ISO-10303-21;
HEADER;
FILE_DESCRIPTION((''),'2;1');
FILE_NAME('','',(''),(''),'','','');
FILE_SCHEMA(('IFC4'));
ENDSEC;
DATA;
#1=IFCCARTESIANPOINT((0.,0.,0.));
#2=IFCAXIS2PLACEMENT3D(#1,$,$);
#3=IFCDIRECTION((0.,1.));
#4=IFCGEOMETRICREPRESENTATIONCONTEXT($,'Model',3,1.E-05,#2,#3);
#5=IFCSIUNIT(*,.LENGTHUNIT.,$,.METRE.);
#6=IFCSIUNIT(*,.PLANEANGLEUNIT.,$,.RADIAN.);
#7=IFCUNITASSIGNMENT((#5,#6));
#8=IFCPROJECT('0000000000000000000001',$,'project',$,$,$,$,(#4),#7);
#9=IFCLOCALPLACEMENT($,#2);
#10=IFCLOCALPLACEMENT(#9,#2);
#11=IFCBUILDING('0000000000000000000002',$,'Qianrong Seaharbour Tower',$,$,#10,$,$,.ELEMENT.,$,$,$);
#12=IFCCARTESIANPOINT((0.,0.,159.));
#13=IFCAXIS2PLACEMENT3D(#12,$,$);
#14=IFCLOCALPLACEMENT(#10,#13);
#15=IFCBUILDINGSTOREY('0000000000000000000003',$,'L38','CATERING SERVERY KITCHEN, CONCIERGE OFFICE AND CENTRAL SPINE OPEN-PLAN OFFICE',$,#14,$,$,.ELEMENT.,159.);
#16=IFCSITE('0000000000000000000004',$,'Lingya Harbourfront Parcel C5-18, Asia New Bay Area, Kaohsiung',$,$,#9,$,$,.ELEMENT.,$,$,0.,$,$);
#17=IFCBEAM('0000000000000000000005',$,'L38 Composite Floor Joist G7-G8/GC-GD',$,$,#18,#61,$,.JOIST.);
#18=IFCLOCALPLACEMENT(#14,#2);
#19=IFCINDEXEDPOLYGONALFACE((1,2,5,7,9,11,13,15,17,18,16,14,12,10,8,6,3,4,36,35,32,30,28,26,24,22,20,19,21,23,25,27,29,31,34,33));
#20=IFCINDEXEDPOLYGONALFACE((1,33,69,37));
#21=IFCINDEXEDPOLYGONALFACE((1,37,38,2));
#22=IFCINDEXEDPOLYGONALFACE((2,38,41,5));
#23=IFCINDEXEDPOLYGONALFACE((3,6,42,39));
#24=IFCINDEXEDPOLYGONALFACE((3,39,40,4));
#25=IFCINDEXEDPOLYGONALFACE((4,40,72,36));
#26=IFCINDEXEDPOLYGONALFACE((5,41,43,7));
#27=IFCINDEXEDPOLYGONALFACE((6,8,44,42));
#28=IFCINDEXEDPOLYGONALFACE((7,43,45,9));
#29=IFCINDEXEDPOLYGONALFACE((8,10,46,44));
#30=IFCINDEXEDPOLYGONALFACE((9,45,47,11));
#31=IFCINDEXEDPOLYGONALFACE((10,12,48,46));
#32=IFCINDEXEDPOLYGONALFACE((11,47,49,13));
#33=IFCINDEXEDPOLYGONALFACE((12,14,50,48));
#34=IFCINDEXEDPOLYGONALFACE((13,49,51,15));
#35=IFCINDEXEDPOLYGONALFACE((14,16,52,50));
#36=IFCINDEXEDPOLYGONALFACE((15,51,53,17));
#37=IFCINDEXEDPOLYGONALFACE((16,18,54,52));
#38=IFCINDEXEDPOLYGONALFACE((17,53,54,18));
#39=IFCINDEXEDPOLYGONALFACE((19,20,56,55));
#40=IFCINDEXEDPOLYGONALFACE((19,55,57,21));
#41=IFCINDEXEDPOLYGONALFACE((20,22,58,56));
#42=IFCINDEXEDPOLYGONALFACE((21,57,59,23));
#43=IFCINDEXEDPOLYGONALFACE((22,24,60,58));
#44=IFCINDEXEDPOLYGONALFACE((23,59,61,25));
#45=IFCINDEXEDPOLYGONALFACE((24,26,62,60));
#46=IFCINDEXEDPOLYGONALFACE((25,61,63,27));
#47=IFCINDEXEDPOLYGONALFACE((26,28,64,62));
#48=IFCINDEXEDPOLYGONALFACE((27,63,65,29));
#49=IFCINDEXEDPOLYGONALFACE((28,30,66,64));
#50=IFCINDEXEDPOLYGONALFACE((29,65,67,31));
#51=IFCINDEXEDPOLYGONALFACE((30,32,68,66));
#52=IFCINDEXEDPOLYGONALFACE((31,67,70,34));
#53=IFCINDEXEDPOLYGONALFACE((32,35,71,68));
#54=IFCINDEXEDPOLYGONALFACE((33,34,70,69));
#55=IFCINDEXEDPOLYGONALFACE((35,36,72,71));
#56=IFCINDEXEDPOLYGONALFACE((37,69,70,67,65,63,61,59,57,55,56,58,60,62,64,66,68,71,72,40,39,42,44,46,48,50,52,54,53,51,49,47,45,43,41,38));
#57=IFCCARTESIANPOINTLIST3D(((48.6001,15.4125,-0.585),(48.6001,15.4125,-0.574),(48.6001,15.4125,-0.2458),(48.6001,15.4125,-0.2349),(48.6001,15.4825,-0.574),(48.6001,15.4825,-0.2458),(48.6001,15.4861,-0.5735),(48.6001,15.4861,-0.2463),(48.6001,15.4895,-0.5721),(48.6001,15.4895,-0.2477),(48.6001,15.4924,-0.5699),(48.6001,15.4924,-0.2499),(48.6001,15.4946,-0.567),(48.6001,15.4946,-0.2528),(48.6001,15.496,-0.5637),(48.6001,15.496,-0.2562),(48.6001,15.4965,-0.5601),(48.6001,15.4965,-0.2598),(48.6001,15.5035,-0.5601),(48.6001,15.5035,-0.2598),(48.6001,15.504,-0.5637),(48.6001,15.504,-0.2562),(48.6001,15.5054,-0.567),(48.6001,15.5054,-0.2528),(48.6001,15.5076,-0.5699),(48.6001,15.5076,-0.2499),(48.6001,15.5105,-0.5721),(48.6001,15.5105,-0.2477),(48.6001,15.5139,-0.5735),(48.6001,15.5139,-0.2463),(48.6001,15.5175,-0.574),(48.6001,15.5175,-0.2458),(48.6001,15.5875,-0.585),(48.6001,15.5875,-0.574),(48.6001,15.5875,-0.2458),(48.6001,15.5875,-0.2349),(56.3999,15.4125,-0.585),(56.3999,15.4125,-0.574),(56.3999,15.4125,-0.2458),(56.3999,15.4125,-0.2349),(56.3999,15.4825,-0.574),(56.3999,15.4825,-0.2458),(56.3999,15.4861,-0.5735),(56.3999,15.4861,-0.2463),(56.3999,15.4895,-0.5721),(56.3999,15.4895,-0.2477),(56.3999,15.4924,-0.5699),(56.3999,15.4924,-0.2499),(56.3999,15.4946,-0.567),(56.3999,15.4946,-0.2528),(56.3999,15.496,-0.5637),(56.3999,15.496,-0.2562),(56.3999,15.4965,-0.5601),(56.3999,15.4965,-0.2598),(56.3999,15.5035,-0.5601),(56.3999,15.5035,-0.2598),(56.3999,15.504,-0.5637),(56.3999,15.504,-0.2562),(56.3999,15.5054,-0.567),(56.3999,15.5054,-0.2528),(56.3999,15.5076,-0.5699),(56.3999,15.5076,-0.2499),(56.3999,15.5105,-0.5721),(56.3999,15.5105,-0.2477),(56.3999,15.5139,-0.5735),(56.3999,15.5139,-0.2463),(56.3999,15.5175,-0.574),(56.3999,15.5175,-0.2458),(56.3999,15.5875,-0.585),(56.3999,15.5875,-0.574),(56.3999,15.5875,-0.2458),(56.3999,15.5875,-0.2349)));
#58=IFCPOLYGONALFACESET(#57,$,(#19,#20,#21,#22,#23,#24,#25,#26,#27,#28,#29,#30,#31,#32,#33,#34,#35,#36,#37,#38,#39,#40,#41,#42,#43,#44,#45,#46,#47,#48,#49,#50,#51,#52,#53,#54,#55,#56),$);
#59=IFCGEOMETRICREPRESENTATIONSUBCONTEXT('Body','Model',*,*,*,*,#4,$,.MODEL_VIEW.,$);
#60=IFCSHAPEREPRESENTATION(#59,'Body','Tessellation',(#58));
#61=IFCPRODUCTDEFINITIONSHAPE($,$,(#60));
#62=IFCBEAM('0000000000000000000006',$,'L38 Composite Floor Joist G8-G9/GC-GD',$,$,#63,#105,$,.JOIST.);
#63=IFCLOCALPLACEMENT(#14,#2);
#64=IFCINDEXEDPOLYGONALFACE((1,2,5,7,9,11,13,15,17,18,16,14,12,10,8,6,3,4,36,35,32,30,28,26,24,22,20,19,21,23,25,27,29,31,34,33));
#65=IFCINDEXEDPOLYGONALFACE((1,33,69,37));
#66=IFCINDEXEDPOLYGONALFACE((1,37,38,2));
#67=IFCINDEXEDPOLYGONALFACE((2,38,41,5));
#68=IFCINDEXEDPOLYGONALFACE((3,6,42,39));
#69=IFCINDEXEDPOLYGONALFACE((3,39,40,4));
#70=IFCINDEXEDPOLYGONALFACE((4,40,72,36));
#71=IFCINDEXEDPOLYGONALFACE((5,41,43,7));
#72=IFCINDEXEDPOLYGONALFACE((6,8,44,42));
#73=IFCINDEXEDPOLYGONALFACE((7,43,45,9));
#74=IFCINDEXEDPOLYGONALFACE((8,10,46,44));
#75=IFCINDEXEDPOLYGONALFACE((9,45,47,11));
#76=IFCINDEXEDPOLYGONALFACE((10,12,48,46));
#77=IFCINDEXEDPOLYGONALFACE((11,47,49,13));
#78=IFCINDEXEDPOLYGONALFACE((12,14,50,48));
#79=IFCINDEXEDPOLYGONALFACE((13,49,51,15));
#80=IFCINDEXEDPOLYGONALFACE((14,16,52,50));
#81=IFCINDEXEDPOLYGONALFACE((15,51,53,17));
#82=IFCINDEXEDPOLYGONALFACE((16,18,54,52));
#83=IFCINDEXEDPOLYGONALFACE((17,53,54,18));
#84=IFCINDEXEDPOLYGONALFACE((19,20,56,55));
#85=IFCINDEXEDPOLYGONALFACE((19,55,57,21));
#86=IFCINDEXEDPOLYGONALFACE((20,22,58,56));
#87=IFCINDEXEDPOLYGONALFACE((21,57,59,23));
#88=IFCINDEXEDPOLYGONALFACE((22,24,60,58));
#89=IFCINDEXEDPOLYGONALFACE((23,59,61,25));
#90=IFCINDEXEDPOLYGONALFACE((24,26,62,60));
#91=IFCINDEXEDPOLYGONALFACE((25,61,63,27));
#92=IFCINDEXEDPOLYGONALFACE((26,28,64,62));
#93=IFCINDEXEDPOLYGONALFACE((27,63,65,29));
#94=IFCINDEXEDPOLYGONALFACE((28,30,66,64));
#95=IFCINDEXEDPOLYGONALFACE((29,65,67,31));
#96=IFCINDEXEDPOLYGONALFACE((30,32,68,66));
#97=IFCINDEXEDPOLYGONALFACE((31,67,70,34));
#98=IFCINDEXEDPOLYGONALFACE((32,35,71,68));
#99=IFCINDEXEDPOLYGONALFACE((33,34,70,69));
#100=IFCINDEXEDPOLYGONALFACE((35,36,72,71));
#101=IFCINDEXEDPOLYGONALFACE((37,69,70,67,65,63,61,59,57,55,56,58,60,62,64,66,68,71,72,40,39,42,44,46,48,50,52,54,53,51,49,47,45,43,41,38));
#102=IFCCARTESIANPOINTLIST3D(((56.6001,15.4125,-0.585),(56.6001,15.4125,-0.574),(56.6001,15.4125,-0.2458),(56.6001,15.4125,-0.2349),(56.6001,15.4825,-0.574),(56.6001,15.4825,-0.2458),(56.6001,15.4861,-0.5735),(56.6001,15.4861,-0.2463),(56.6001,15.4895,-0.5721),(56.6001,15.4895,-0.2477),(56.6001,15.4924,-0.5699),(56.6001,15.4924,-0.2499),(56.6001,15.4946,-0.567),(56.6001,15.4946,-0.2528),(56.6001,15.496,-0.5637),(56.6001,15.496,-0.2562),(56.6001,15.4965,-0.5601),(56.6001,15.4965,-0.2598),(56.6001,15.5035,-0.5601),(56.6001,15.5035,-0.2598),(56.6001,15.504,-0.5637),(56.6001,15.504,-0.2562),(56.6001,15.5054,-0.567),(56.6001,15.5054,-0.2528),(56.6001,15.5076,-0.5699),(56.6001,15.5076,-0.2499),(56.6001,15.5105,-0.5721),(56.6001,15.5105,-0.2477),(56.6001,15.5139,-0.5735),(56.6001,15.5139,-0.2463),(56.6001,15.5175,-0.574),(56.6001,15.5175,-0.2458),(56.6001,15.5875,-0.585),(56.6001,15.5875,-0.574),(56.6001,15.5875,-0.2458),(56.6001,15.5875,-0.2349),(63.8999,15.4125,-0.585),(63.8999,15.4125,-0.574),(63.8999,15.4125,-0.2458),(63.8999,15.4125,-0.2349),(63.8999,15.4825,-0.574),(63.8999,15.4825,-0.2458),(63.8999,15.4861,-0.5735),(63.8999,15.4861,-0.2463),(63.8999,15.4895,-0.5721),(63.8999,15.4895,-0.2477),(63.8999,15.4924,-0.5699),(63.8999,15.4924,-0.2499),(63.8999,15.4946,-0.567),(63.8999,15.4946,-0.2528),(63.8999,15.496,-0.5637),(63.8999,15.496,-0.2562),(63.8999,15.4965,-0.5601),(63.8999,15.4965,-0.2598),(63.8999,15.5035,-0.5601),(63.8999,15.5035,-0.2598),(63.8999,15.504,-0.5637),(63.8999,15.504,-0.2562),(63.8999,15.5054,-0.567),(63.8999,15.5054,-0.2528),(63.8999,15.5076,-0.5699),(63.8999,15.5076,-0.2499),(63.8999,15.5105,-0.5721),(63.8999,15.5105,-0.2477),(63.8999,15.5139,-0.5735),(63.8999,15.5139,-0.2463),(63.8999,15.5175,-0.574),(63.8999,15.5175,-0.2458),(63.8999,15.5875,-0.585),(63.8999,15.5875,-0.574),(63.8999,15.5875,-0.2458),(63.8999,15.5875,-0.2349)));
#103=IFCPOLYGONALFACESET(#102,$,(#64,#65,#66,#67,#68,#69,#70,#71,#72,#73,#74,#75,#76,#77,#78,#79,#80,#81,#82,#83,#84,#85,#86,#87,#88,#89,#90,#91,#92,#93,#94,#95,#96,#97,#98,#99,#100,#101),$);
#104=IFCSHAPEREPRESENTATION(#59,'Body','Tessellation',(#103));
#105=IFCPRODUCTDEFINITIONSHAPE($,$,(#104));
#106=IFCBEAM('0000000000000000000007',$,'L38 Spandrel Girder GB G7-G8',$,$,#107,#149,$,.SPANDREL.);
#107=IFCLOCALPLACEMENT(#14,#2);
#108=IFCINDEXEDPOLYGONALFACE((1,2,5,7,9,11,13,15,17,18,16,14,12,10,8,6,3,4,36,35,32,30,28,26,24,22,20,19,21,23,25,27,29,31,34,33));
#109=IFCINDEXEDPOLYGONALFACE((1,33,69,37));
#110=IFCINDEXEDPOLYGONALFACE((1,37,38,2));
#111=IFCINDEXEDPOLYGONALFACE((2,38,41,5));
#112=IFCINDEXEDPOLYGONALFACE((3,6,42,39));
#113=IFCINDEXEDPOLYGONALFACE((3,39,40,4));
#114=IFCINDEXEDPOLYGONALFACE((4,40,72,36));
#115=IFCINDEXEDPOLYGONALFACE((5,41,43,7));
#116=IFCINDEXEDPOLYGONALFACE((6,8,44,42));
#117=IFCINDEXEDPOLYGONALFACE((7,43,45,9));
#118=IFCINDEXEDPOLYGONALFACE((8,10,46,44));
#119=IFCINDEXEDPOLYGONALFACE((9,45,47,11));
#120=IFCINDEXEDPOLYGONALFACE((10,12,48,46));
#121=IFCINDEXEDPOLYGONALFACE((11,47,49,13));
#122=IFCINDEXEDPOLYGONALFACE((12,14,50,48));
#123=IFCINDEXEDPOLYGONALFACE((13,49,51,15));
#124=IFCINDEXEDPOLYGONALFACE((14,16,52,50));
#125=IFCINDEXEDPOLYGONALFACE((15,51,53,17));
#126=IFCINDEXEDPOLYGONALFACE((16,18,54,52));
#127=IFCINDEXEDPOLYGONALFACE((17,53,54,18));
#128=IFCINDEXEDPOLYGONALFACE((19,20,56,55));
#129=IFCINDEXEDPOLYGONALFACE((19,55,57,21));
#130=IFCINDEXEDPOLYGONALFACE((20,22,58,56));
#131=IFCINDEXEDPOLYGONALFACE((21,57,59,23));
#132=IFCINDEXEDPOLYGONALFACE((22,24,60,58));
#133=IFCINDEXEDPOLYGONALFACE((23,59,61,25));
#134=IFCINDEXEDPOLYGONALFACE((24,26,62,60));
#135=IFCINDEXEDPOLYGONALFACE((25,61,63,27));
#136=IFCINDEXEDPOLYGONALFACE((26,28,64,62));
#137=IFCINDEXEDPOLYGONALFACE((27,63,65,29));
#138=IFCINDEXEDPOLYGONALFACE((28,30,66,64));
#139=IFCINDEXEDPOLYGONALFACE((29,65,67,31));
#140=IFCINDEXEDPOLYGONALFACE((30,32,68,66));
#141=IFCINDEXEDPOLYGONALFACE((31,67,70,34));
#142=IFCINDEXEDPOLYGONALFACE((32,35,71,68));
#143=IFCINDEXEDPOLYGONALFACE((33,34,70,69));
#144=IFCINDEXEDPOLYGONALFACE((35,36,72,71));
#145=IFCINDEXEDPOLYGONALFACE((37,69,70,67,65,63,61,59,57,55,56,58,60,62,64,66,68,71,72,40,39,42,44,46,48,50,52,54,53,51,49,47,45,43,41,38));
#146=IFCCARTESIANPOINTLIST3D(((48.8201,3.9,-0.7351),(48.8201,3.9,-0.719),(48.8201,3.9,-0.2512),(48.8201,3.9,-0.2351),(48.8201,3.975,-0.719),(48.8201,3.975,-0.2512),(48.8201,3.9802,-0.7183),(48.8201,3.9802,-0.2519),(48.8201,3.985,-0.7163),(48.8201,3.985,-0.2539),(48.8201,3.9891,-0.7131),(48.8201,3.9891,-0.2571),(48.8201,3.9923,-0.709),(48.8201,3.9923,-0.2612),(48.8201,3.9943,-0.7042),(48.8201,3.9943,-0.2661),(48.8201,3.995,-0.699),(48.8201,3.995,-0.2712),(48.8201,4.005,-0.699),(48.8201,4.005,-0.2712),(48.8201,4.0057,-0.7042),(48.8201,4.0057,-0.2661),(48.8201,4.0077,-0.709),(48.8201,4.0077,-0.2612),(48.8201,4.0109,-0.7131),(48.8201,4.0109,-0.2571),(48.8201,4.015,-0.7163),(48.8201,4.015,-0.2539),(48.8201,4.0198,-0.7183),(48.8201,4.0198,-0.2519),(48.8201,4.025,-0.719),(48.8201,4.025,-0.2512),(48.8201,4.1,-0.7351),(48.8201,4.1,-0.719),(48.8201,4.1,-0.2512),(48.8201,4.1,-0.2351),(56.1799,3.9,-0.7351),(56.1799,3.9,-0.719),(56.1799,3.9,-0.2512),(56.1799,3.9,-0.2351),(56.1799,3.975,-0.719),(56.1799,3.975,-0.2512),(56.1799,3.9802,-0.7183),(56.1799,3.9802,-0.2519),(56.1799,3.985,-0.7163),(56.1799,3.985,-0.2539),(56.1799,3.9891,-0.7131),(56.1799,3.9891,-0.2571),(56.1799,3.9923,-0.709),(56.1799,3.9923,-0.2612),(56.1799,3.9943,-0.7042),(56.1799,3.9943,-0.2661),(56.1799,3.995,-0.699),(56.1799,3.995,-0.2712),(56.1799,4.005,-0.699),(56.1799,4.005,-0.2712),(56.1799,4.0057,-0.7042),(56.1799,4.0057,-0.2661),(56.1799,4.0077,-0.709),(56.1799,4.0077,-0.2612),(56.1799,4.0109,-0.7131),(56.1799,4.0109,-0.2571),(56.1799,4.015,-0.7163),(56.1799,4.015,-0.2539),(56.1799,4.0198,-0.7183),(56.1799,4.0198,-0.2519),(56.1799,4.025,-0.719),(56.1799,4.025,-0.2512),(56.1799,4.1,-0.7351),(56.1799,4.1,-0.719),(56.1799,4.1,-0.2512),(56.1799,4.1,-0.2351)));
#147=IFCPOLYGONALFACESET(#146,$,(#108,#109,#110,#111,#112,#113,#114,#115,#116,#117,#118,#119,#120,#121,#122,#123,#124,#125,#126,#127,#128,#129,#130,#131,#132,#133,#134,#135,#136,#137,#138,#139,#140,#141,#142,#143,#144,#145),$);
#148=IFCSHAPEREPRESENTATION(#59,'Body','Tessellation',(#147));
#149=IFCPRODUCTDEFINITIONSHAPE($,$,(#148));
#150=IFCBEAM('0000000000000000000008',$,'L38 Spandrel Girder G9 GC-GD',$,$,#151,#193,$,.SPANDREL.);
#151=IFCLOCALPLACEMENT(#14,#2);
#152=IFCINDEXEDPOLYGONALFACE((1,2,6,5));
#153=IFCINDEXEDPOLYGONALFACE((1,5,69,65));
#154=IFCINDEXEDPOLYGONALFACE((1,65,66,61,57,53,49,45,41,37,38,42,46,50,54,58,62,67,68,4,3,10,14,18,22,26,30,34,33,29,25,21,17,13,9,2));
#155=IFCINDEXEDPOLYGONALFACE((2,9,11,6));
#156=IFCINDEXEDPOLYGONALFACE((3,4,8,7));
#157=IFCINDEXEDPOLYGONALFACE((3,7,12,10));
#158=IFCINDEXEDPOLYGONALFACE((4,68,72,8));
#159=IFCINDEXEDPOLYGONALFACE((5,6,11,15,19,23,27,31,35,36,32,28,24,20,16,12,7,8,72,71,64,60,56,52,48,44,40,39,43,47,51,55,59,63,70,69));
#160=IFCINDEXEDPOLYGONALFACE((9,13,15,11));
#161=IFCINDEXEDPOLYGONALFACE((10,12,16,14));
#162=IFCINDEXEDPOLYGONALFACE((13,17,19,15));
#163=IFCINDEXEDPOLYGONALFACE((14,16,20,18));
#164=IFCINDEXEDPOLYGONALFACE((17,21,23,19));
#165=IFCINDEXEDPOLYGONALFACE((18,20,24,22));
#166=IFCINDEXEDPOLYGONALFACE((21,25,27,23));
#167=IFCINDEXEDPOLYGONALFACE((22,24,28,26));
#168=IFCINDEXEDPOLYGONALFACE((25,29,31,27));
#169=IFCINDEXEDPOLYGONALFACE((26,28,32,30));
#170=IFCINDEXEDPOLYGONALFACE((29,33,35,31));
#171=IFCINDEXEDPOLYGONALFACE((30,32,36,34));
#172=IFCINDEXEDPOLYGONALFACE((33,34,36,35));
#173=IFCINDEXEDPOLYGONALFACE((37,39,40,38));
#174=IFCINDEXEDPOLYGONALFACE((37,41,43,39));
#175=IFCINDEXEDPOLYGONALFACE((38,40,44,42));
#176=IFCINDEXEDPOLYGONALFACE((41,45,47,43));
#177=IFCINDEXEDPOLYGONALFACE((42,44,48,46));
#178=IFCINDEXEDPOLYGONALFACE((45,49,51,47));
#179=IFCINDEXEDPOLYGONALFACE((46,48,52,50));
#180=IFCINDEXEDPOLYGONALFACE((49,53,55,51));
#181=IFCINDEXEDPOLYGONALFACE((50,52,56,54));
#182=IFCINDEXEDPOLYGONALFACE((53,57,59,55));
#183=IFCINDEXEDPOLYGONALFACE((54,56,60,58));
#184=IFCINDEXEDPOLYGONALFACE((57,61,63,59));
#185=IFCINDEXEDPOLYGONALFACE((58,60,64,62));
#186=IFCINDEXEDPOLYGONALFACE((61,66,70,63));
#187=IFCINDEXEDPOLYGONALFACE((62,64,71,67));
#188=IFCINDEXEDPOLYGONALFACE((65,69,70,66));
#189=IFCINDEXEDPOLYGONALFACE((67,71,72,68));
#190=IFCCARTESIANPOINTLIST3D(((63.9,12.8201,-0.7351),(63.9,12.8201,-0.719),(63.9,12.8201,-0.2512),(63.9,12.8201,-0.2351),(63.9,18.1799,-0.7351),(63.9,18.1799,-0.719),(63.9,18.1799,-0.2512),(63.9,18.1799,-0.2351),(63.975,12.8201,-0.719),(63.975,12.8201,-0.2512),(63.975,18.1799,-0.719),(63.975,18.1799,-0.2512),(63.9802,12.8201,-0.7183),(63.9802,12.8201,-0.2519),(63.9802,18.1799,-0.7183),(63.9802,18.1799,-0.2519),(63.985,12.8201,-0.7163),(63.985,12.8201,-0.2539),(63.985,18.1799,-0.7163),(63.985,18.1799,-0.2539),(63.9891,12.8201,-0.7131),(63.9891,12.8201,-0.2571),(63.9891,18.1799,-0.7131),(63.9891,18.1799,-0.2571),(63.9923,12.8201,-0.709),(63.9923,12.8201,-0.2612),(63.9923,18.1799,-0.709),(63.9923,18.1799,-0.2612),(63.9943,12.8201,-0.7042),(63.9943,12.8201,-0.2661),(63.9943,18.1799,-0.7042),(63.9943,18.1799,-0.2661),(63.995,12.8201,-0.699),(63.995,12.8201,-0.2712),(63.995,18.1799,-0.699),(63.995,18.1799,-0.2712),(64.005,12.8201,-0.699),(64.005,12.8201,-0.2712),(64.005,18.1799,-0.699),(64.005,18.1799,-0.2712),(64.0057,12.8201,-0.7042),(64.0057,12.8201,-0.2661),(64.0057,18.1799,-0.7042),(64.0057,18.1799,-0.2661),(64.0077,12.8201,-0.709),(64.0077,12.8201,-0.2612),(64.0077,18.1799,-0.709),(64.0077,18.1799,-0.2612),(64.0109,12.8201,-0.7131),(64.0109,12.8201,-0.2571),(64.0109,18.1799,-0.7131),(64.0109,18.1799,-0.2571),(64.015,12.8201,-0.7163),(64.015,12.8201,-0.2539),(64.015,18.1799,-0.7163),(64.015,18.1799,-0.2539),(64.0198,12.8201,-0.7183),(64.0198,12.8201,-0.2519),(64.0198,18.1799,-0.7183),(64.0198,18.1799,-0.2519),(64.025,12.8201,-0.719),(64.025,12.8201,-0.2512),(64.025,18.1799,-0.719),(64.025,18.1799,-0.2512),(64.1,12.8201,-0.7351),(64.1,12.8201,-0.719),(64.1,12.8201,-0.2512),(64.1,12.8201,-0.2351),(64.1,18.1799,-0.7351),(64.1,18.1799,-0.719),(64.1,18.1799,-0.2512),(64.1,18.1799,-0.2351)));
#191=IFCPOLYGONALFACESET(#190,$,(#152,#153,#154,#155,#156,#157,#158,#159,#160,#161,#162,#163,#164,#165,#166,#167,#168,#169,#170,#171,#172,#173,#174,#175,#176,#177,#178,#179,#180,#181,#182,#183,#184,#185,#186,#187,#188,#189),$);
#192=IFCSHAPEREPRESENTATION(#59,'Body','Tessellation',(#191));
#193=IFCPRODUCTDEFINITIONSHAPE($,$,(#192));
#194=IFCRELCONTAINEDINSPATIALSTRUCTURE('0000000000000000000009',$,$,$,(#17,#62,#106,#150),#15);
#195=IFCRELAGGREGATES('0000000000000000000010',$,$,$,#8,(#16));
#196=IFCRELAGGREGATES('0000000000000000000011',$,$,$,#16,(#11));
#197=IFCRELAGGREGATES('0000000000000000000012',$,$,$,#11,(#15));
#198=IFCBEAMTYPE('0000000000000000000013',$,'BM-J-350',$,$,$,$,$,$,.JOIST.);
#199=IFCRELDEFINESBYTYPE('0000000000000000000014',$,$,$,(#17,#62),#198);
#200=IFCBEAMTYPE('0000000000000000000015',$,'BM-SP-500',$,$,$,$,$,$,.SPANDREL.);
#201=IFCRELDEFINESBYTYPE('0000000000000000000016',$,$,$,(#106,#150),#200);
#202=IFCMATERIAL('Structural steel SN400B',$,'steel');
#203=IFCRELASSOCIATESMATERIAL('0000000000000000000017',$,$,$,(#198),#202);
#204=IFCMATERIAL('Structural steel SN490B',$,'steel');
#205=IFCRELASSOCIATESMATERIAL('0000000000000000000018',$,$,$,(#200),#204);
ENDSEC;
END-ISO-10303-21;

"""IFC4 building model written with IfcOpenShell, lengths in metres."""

from ifc_helpers import new_model, si_unit, direction, frame, origin, origin_2d, place, context, subcontext, project, spatial, i_section, extrude, material, material_profile, profile_set, type_object, element, save


model = new_model("IFC4")

# Units and contexts
model_context = context("Model", 3, precision=1e-05, world=origin(), true_north=direction((0.0, 1.0)))
body_context = subcontext(model_context, "Body", "Model", "MODEL_VIEW")
ifc_project = project(units=[si_unit("LENGTHUNIT", "METRE"), si_unit("PLANEANGLEUNIT", "RADIAN")], contexts=[model_context])

# Site, building, storey
site_placement = place(None, origin())
site = spatial("IfcSite", under=ifc_project, at=site_placement, Name="Lingya Harbourfront Parcel C5-18, Asia New Bay Area, Kaohsiung", CompositionType="ELEMENT", RefElevation=0.0)
building_placement = place(site_placement, origin())
building = spatial("IfcBuilding", under=site, at=building_placement, Name="Qianrong Seaharbour Tower", CompositionType="ELEMENT")
storey_placement = place(building_placement, frame((0.0, 0.0, 159.0)))
storey = spatial("IfcBuildingStorey", under=building, at=storey_placement, Name="L38", Description="CATERING SERVERY KITCHEN, CONCIERGE OFFICE AND CENTRAL SPINE OPEN-PLAN OFFICE", CompositionType="ELEMENT", Elevation=159.0)

# Shared definitions
ifc_material_1 = material(Name="Structural steel SN490B", Category="steel")

# Beams
ifc_material_2 = material(Name="Structural steel SN400B", Category="steel")
ifc_material_profile_1 = material_profile(ifc_material_2, i_section(OverallWidth=0.175, OverallDepth=0.3501, WebThickness=0.0071, FlangeThickness=0.011, FilletRadius=0.0139, at=origin_2d()), Name="H350x175x7x11")
ifc_profile_set_1 = profile_set([ifc_material_profile_1], Name="Structural steel SN400B")
beam_type_1 = type_object("IfcBeamType", Name="BM-J-350", PredefinedType="JOIST", material=ifc_profile_set_1)
for number, where, z_axis, x_axis, name in (
    (1, (48.6001, 15.5, -0.4099), (1.0, 0.0, 0.0), (0.0, 1.0, 0.0), "L38 Composite Floor Joist G7-G8/GC-GD"),
):
    element("IfcBeam", number, at=place(storey_placement, frame(where, z_axis=z_axis, x_axis=x_axis)), inside=storey, type_object=beam_type_1, Name=name, PredefinedType="JOIST", context=body_context, shape_type="SweptSolid", body=[
        extrude(i_section(OverallWidth=0.175, OverallDepth=0.3501, WebThickness=0.0071, FlangeThickness=0.011, FilletRadius=0.0139, at=origin_2d()), origin(), (0.0, 0.0, 1.0), 7.7998),
    ])
beam_1_placement = place(storey_placement, frame((56.6001, 15.5, -0.4099), z_axis=(1.0, 0.0, 0.0), x_axis=(0.0, 1.0, 0.0)))
element("IfcBeam", 2, at=beam_1_placement, inside=storey, type_object=beam_type_1, Name="L38 Composite Floor Joist G8-G9/GC-GD", PredefinedType="JOIST", context=body_context, shape_type="SweptSolid", body=[
    extrude(i_section(OverallWidth=0.175, OverallDepth=0.3501, WebThickness=0.0071, FlangeThickness=0.011, FilletRadius=0.0139, at=origin_2d()), origin(), (0.0, 0.0, 1.0), 7.2998),
])
ifc_material_profile_2 = material_profile(ifc_material_1, i_section(OverallWidth=0.2, OverallDepth=0.5, WebThickness=0.01, FlangeThickness=0.0161, FilletRadius=0.02, at=origin_2d()), Name="H500x200x10x16")
ifc_profile_set_2 = profile_set([ifc_material_profile_2], Name="Structural steel SN490B")
beam_type_2 = type_object("IfcBeamType", Name="BM-SP-500", PredefinedType="SPANDREL", material=ifc_profile_set_2)
beam_2_placement = place(storey_placement, frame((48.8201, 4.0, -0.4851), z_axis=(1.0, 0.0, 0.0), x_axis=(0.0, 1.0, 0.0)))
element("IfcBeam", 3, at=beam_2_placement, inside=storey, type_object=beam_type_2, Name="L38 Spandrel Girder GB G7-G8", PredefinedType="SPANDREL", context=body_context, shape_type="SweptSolid", body=[
    extrude(i_section(OverallWidth=0.2, OverallDepth=0.5, WebThickness=0.01, FlangeThickness=0.0161, FilletRadius=0.02, at=origin_2d()), origin(), (0.0, 0.0, 1.0), 7.3599),
])
beam_3_placement = place(storey_placement, frame((64.0, 12.8201, -0.4851), z_axis=(0.0, 1.0, 0.0), x_axis=(-1.0, 0.0, 0.0)))
element("IfcBeam", 4, at=beam_3_placement, inside=storey, type_object=beam_type_2, Name="L38 Spandrel Girder G9 GC-GD", PredefinedType="SPANDREL", context=body_context, shape_type="SweptSolid", body=[
    extrude(i_section(OverallWidth=0.2, OverallDepth=0.5, WebThickness=0.01, FlangeThickness=0.0161, FilletRadius=0.02, at=origin_2d()), origin(), (0.0, 0.0, 1.0), 5.3599),
])

save(model, "model.ifc")
